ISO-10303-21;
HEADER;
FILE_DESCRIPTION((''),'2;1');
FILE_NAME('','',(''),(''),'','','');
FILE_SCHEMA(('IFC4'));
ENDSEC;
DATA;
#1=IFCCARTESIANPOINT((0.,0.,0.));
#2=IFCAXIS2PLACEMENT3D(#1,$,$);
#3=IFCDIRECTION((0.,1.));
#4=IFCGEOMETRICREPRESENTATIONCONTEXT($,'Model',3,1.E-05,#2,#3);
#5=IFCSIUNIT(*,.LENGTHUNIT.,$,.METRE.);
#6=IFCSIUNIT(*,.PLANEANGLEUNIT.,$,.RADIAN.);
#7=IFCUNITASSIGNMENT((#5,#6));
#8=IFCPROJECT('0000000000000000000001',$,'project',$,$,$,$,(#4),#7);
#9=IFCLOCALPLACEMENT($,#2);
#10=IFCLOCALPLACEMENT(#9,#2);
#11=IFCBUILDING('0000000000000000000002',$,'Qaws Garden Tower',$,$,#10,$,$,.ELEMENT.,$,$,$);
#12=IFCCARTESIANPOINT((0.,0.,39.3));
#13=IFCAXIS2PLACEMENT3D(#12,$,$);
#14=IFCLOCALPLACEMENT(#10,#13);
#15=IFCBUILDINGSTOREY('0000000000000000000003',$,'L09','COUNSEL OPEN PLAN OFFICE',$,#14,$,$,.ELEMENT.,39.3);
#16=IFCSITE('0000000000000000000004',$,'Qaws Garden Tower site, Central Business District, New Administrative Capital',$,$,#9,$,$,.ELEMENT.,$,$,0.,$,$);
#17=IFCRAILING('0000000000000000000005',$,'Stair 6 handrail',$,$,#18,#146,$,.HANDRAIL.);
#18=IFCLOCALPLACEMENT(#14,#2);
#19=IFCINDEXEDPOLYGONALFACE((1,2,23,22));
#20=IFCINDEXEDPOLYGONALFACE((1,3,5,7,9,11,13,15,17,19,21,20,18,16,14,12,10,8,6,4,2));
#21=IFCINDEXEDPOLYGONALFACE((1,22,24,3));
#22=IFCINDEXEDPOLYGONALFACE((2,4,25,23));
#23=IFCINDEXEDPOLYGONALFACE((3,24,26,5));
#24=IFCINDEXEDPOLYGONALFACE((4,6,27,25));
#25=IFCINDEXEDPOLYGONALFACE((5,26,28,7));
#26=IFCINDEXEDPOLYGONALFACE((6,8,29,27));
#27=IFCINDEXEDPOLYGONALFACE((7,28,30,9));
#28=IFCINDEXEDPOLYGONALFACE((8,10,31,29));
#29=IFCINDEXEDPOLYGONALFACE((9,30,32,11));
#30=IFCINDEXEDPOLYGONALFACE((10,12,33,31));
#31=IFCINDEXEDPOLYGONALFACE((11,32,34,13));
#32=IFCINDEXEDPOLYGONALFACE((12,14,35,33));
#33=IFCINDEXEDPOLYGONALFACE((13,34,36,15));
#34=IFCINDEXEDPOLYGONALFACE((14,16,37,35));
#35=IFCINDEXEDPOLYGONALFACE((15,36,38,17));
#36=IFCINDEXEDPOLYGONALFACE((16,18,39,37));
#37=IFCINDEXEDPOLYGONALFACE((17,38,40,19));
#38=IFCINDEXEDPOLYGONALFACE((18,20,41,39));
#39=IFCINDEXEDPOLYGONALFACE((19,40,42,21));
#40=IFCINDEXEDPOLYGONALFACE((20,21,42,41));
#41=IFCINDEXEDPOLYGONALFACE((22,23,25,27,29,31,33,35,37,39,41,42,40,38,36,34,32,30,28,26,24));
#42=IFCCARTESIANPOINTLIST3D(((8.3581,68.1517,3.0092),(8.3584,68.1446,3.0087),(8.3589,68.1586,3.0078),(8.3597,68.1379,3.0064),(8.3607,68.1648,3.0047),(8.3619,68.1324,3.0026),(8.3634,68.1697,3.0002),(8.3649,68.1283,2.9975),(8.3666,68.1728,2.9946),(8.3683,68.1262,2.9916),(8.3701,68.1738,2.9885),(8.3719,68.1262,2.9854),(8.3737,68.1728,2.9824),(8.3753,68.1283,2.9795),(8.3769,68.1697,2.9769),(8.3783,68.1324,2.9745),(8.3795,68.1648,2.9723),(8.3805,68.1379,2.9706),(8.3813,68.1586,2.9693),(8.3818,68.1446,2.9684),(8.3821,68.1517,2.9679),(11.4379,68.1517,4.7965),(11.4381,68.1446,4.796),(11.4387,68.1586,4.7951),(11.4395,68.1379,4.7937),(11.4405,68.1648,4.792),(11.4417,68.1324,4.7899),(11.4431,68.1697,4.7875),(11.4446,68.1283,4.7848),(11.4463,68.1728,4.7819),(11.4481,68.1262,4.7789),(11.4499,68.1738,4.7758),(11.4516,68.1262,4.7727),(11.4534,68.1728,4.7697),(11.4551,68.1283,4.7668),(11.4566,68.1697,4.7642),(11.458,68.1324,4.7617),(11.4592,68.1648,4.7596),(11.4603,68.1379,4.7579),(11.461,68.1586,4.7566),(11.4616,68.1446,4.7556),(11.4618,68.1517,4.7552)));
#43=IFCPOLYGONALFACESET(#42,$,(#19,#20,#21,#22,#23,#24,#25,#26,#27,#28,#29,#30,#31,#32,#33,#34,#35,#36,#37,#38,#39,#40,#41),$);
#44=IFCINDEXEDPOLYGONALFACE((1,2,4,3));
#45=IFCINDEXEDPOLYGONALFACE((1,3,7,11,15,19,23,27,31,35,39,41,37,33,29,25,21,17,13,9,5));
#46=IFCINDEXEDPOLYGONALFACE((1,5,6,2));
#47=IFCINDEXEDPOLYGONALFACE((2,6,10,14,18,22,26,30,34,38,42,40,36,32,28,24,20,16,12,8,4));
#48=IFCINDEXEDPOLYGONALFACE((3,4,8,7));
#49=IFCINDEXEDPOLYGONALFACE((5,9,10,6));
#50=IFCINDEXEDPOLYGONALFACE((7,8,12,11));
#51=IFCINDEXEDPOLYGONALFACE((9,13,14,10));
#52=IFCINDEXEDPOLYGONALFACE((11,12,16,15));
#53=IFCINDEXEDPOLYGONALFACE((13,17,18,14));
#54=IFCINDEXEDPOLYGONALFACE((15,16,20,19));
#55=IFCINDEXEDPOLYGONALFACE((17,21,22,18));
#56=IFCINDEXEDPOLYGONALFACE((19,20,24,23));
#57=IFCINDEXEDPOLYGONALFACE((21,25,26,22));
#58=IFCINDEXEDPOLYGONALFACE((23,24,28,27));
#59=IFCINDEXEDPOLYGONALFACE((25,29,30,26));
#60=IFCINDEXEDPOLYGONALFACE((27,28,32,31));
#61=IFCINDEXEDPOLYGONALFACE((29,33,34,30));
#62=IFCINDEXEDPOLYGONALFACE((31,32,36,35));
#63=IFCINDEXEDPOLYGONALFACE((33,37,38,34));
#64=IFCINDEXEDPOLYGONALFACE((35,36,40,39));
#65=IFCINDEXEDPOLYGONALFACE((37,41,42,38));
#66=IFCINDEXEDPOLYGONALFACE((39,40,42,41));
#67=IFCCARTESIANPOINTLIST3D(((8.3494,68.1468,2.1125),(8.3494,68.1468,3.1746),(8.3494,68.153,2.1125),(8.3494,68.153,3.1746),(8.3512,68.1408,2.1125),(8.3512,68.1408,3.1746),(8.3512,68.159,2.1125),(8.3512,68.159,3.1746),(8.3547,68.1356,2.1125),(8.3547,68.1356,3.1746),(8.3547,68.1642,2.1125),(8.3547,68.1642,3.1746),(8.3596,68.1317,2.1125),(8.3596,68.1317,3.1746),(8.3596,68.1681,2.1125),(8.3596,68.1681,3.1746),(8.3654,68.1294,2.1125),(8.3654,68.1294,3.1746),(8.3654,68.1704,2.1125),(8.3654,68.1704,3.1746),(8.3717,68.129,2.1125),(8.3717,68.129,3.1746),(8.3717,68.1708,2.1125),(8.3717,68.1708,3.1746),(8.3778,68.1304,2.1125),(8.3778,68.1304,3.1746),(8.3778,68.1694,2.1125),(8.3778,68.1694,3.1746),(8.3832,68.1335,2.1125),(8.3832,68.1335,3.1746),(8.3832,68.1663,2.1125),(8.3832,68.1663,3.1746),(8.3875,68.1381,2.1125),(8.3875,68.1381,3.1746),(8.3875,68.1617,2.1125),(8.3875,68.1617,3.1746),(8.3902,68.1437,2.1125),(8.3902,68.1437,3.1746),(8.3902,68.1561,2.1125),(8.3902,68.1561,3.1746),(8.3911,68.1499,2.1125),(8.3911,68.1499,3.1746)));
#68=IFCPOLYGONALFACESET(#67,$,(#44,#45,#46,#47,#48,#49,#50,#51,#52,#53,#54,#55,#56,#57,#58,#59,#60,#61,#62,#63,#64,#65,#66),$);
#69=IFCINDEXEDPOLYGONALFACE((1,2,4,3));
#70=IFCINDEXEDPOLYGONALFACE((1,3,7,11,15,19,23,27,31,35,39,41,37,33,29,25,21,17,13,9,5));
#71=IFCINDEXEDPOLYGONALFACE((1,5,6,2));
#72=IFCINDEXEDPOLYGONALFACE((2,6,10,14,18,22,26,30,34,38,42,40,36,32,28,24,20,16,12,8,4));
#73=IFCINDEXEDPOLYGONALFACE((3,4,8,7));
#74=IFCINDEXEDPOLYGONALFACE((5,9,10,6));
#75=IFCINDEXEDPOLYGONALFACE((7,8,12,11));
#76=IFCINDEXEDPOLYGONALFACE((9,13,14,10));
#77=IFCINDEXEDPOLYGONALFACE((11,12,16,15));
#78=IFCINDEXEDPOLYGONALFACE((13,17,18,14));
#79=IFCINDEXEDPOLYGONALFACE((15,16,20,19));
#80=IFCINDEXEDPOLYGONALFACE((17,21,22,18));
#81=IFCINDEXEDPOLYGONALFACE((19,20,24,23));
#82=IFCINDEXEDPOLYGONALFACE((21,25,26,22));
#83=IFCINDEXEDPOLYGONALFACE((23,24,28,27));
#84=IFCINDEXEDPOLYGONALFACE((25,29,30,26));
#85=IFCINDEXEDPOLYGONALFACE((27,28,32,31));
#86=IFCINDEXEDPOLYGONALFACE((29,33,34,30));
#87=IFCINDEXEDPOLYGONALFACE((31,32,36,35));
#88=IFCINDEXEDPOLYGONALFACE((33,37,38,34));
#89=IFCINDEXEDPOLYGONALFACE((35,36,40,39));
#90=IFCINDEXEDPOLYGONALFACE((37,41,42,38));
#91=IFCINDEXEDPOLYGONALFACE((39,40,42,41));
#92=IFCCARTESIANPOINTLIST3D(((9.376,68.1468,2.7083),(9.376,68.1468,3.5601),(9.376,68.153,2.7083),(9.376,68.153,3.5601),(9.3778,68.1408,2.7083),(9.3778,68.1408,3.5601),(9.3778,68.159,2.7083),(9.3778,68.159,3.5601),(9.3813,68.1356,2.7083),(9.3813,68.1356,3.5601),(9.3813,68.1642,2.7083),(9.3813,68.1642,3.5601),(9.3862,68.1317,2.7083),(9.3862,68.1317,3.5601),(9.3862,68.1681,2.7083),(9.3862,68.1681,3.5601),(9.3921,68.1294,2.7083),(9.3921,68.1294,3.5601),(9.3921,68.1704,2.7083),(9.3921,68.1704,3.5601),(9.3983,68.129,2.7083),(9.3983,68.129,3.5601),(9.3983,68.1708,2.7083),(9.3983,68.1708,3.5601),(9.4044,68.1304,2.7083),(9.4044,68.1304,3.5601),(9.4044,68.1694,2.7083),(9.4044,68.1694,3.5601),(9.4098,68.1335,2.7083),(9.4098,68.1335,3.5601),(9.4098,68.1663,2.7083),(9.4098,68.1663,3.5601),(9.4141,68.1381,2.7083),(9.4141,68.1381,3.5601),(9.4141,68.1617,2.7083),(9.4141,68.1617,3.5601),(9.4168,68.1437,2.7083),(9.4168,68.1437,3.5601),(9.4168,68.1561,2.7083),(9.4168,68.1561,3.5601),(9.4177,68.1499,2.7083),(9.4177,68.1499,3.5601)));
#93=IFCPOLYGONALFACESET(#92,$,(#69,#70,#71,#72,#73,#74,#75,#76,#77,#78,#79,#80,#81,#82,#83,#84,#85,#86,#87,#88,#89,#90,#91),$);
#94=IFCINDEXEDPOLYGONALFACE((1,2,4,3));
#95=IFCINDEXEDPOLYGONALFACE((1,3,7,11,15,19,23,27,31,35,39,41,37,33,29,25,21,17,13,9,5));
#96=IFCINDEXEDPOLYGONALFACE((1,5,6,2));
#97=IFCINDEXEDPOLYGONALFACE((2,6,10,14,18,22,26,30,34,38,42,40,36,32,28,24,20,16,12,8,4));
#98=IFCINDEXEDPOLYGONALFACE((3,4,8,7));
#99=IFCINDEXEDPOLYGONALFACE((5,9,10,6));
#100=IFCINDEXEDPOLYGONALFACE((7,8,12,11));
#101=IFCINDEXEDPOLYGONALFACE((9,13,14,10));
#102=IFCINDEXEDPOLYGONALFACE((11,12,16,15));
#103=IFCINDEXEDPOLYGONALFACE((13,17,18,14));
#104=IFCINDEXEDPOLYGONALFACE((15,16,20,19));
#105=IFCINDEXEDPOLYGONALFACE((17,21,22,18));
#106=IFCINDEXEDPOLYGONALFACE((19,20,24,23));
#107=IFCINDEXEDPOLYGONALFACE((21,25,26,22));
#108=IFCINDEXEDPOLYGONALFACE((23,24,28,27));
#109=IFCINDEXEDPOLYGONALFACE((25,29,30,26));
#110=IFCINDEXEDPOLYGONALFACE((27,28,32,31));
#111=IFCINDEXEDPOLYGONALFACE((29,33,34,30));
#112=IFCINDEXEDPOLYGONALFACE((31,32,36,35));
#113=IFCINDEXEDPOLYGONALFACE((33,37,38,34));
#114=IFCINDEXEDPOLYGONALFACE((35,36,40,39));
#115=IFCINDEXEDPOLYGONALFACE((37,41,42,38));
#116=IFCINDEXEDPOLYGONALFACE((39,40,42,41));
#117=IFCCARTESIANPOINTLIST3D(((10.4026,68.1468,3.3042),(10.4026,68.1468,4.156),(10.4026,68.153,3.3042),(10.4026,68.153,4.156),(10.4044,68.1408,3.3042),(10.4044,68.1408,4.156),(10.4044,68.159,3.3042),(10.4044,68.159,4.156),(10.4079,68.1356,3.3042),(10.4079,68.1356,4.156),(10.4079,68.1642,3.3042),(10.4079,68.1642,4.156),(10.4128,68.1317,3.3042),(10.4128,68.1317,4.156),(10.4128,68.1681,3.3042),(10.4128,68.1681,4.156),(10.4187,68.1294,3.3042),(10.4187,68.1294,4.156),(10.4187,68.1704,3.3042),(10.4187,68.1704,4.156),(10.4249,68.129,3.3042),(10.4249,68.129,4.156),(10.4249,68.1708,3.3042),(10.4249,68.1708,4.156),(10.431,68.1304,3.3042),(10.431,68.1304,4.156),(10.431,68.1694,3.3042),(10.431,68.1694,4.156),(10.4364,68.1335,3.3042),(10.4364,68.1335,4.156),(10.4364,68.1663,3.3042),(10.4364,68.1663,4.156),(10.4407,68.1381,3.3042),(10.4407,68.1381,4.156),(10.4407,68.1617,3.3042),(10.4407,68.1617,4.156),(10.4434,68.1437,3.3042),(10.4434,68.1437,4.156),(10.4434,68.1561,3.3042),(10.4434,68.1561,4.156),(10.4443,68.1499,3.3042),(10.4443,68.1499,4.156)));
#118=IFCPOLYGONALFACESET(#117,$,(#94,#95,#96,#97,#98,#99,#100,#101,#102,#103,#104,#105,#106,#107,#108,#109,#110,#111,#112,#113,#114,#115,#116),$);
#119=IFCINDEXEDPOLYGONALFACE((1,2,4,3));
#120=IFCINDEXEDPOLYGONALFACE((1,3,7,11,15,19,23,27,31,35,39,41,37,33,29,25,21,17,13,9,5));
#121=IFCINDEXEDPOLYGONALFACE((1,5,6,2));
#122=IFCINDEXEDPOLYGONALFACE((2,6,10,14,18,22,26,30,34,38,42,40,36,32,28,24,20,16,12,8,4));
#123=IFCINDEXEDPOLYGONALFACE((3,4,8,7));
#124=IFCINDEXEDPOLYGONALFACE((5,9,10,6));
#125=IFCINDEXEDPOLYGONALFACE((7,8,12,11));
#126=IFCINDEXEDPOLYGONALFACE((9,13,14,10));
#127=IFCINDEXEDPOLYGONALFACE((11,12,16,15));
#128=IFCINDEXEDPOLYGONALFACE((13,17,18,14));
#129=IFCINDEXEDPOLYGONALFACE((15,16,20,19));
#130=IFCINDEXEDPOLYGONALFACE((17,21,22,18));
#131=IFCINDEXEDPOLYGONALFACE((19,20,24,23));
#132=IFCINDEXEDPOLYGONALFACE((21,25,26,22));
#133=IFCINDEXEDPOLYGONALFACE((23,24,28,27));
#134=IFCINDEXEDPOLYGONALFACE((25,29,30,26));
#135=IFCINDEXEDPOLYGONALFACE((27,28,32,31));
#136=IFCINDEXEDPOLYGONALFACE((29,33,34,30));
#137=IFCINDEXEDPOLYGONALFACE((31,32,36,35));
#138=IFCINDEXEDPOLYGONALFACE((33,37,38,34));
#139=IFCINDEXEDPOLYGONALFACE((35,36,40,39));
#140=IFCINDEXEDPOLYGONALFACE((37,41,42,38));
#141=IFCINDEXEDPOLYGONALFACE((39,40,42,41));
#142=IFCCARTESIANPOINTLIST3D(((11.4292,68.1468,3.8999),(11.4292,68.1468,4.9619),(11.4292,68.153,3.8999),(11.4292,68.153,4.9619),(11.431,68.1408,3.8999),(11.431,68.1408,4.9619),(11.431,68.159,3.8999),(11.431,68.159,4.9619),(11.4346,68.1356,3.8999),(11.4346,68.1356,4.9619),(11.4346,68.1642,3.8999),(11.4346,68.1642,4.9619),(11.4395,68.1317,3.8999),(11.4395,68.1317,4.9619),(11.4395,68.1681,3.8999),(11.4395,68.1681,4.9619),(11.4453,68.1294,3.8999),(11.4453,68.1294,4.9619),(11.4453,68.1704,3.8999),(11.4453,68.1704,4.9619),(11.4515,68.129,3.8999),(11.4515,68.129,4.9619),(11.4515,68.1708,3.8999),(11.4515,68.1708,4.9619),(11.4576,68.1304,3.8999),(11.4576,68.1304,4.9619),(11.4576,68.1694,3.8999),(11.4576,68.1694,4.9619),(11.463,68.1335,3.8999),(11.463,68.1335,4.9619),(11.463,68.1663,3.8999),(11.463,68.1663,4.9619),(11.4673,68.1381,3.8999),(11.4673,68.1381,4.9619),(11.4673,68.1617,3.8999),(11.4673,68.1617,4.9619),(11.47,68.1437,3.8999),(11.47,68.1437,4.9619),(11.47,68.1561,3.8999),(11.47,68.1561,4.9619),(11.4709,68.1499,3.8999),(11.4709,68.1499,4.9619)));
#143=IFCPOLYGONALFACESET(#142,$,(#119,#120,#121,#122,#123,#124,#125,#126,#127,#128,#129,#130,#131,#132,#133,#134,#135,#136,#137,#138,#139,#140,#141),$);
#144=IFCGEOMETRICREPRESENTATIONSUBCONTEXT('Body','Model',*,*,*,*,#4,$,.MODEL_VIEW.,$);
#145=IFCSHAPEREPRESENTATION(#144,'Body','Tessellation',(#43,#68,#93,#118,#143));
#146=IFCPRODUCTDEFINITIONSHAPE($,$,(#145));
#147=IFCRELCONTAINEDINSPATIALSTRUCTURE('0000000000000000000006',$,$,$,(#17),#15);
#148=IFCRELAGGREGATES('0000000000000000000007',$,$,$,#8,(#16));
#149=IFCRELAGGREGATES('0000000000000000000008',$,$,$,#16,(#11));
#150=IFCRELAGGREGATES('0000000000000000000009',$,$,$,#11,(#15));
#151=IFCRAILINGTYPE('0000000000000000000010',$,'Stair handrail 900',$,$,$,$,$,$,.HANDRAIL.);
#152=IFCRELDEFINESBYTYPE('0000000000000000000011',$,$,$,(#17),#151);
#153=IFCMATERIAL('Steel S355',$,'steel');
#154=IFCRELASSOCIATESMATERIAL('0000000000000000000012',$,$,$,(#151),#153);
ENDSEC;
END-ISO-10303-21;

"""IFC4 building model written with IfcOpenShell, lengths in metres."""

from ifc_helpers import new_model, si_unit, direction, frame, origin, origin_2d, place, context, subcontext, project, spatial, circle, extrude, material, type_object, element, save


model = new_model("IFC4")

# Units and contexts
model_context = context("Model", 3, precision=1e-05, world=origin(), true_north=direction((0.0, 1.0)))
body_context = subcontext(model_context, "Body", "Model", "MODEL_VIEW")
ifc_project = project(units=[si_unit("LENGTHUNIT", "METRE"), si_unit("PLANEANGLEUNIT", "RADIAN")], contexts=[model_context])

# Site, building, storey
site_placement = place(None, origin())
site = spatial("IfcSite", under=ifc_project, at=site_placement, Name="Qaws Garden Tower site, Central Business District, New Administrative Capital", CompositionType="ELEMENT", RefElevation=0.0)
building_placement = place(site_placement, origin())
building = spatial("IfcBuilding", under=site, at=building_placement, Name="Qaws Garden Tower", CompositionType="ELEMENT")
storey_placement = place(building_placement, frame((0.0, 0.0, 39.3)))
storey = spatial("IfcBuildingStorey", under=building, at=storey_placement, Name="L09", Description="COUNSEL OPEN PLAN OFFICE", CompositionType="ELEMENT", Elevation=39.3)

# Railing
ifc_material_1 = material(Name="Steel S355", Category="steel")
railing_type = type_object("IfcRailingType", Name="Stair handrail 900", PredefinedType="HANDRAIL", material=ifc_material_1)
railing_1_placement = place(storey_placement, frame((8.3701, 68.1499, 2.1125)))
element("IfcRailing", 1, at=railing_1_placement, inside=storey, type_object=railing_type, Name="Stair 6 handrail", PredefinedType="HANDRAIL", context=body_context, shape_type="SweptSolid", body=[
    extrude(circle(Radius=0.0239, at=origin_2d()), frame((0.0, 0.0, 0.876), z_axis=(0.864903, 0.0, 0.501939), x_axis=(0.0, 1.0, 0.0)), (0.0, 0.0, 1.0), 3.5608),
    extrude(circle(Radius=0.021, at=origin_2d()), origin(), (0.0, 0.0, 1.0), 1.062),
    extrude(circle(Radius=0.021, at=origin_2d()), frame((1.0266, 0.0, 0.5957)), (0.0, 0.0, 1.0), 0.8518),
    extrude(circle(Radius=0.021, at=origin_2d()), frame((2.0532, 0.0, 1.1917)), (0.0, 0.0, 1.0), 0.8518),
    extrude(circle(Radius=0.021, at=origin_2d()), frame((3.0798, 0.0, 1.7874)), (0.0, 0.0, 1.0), 1.062),
])

save(model, "model.ifc")
